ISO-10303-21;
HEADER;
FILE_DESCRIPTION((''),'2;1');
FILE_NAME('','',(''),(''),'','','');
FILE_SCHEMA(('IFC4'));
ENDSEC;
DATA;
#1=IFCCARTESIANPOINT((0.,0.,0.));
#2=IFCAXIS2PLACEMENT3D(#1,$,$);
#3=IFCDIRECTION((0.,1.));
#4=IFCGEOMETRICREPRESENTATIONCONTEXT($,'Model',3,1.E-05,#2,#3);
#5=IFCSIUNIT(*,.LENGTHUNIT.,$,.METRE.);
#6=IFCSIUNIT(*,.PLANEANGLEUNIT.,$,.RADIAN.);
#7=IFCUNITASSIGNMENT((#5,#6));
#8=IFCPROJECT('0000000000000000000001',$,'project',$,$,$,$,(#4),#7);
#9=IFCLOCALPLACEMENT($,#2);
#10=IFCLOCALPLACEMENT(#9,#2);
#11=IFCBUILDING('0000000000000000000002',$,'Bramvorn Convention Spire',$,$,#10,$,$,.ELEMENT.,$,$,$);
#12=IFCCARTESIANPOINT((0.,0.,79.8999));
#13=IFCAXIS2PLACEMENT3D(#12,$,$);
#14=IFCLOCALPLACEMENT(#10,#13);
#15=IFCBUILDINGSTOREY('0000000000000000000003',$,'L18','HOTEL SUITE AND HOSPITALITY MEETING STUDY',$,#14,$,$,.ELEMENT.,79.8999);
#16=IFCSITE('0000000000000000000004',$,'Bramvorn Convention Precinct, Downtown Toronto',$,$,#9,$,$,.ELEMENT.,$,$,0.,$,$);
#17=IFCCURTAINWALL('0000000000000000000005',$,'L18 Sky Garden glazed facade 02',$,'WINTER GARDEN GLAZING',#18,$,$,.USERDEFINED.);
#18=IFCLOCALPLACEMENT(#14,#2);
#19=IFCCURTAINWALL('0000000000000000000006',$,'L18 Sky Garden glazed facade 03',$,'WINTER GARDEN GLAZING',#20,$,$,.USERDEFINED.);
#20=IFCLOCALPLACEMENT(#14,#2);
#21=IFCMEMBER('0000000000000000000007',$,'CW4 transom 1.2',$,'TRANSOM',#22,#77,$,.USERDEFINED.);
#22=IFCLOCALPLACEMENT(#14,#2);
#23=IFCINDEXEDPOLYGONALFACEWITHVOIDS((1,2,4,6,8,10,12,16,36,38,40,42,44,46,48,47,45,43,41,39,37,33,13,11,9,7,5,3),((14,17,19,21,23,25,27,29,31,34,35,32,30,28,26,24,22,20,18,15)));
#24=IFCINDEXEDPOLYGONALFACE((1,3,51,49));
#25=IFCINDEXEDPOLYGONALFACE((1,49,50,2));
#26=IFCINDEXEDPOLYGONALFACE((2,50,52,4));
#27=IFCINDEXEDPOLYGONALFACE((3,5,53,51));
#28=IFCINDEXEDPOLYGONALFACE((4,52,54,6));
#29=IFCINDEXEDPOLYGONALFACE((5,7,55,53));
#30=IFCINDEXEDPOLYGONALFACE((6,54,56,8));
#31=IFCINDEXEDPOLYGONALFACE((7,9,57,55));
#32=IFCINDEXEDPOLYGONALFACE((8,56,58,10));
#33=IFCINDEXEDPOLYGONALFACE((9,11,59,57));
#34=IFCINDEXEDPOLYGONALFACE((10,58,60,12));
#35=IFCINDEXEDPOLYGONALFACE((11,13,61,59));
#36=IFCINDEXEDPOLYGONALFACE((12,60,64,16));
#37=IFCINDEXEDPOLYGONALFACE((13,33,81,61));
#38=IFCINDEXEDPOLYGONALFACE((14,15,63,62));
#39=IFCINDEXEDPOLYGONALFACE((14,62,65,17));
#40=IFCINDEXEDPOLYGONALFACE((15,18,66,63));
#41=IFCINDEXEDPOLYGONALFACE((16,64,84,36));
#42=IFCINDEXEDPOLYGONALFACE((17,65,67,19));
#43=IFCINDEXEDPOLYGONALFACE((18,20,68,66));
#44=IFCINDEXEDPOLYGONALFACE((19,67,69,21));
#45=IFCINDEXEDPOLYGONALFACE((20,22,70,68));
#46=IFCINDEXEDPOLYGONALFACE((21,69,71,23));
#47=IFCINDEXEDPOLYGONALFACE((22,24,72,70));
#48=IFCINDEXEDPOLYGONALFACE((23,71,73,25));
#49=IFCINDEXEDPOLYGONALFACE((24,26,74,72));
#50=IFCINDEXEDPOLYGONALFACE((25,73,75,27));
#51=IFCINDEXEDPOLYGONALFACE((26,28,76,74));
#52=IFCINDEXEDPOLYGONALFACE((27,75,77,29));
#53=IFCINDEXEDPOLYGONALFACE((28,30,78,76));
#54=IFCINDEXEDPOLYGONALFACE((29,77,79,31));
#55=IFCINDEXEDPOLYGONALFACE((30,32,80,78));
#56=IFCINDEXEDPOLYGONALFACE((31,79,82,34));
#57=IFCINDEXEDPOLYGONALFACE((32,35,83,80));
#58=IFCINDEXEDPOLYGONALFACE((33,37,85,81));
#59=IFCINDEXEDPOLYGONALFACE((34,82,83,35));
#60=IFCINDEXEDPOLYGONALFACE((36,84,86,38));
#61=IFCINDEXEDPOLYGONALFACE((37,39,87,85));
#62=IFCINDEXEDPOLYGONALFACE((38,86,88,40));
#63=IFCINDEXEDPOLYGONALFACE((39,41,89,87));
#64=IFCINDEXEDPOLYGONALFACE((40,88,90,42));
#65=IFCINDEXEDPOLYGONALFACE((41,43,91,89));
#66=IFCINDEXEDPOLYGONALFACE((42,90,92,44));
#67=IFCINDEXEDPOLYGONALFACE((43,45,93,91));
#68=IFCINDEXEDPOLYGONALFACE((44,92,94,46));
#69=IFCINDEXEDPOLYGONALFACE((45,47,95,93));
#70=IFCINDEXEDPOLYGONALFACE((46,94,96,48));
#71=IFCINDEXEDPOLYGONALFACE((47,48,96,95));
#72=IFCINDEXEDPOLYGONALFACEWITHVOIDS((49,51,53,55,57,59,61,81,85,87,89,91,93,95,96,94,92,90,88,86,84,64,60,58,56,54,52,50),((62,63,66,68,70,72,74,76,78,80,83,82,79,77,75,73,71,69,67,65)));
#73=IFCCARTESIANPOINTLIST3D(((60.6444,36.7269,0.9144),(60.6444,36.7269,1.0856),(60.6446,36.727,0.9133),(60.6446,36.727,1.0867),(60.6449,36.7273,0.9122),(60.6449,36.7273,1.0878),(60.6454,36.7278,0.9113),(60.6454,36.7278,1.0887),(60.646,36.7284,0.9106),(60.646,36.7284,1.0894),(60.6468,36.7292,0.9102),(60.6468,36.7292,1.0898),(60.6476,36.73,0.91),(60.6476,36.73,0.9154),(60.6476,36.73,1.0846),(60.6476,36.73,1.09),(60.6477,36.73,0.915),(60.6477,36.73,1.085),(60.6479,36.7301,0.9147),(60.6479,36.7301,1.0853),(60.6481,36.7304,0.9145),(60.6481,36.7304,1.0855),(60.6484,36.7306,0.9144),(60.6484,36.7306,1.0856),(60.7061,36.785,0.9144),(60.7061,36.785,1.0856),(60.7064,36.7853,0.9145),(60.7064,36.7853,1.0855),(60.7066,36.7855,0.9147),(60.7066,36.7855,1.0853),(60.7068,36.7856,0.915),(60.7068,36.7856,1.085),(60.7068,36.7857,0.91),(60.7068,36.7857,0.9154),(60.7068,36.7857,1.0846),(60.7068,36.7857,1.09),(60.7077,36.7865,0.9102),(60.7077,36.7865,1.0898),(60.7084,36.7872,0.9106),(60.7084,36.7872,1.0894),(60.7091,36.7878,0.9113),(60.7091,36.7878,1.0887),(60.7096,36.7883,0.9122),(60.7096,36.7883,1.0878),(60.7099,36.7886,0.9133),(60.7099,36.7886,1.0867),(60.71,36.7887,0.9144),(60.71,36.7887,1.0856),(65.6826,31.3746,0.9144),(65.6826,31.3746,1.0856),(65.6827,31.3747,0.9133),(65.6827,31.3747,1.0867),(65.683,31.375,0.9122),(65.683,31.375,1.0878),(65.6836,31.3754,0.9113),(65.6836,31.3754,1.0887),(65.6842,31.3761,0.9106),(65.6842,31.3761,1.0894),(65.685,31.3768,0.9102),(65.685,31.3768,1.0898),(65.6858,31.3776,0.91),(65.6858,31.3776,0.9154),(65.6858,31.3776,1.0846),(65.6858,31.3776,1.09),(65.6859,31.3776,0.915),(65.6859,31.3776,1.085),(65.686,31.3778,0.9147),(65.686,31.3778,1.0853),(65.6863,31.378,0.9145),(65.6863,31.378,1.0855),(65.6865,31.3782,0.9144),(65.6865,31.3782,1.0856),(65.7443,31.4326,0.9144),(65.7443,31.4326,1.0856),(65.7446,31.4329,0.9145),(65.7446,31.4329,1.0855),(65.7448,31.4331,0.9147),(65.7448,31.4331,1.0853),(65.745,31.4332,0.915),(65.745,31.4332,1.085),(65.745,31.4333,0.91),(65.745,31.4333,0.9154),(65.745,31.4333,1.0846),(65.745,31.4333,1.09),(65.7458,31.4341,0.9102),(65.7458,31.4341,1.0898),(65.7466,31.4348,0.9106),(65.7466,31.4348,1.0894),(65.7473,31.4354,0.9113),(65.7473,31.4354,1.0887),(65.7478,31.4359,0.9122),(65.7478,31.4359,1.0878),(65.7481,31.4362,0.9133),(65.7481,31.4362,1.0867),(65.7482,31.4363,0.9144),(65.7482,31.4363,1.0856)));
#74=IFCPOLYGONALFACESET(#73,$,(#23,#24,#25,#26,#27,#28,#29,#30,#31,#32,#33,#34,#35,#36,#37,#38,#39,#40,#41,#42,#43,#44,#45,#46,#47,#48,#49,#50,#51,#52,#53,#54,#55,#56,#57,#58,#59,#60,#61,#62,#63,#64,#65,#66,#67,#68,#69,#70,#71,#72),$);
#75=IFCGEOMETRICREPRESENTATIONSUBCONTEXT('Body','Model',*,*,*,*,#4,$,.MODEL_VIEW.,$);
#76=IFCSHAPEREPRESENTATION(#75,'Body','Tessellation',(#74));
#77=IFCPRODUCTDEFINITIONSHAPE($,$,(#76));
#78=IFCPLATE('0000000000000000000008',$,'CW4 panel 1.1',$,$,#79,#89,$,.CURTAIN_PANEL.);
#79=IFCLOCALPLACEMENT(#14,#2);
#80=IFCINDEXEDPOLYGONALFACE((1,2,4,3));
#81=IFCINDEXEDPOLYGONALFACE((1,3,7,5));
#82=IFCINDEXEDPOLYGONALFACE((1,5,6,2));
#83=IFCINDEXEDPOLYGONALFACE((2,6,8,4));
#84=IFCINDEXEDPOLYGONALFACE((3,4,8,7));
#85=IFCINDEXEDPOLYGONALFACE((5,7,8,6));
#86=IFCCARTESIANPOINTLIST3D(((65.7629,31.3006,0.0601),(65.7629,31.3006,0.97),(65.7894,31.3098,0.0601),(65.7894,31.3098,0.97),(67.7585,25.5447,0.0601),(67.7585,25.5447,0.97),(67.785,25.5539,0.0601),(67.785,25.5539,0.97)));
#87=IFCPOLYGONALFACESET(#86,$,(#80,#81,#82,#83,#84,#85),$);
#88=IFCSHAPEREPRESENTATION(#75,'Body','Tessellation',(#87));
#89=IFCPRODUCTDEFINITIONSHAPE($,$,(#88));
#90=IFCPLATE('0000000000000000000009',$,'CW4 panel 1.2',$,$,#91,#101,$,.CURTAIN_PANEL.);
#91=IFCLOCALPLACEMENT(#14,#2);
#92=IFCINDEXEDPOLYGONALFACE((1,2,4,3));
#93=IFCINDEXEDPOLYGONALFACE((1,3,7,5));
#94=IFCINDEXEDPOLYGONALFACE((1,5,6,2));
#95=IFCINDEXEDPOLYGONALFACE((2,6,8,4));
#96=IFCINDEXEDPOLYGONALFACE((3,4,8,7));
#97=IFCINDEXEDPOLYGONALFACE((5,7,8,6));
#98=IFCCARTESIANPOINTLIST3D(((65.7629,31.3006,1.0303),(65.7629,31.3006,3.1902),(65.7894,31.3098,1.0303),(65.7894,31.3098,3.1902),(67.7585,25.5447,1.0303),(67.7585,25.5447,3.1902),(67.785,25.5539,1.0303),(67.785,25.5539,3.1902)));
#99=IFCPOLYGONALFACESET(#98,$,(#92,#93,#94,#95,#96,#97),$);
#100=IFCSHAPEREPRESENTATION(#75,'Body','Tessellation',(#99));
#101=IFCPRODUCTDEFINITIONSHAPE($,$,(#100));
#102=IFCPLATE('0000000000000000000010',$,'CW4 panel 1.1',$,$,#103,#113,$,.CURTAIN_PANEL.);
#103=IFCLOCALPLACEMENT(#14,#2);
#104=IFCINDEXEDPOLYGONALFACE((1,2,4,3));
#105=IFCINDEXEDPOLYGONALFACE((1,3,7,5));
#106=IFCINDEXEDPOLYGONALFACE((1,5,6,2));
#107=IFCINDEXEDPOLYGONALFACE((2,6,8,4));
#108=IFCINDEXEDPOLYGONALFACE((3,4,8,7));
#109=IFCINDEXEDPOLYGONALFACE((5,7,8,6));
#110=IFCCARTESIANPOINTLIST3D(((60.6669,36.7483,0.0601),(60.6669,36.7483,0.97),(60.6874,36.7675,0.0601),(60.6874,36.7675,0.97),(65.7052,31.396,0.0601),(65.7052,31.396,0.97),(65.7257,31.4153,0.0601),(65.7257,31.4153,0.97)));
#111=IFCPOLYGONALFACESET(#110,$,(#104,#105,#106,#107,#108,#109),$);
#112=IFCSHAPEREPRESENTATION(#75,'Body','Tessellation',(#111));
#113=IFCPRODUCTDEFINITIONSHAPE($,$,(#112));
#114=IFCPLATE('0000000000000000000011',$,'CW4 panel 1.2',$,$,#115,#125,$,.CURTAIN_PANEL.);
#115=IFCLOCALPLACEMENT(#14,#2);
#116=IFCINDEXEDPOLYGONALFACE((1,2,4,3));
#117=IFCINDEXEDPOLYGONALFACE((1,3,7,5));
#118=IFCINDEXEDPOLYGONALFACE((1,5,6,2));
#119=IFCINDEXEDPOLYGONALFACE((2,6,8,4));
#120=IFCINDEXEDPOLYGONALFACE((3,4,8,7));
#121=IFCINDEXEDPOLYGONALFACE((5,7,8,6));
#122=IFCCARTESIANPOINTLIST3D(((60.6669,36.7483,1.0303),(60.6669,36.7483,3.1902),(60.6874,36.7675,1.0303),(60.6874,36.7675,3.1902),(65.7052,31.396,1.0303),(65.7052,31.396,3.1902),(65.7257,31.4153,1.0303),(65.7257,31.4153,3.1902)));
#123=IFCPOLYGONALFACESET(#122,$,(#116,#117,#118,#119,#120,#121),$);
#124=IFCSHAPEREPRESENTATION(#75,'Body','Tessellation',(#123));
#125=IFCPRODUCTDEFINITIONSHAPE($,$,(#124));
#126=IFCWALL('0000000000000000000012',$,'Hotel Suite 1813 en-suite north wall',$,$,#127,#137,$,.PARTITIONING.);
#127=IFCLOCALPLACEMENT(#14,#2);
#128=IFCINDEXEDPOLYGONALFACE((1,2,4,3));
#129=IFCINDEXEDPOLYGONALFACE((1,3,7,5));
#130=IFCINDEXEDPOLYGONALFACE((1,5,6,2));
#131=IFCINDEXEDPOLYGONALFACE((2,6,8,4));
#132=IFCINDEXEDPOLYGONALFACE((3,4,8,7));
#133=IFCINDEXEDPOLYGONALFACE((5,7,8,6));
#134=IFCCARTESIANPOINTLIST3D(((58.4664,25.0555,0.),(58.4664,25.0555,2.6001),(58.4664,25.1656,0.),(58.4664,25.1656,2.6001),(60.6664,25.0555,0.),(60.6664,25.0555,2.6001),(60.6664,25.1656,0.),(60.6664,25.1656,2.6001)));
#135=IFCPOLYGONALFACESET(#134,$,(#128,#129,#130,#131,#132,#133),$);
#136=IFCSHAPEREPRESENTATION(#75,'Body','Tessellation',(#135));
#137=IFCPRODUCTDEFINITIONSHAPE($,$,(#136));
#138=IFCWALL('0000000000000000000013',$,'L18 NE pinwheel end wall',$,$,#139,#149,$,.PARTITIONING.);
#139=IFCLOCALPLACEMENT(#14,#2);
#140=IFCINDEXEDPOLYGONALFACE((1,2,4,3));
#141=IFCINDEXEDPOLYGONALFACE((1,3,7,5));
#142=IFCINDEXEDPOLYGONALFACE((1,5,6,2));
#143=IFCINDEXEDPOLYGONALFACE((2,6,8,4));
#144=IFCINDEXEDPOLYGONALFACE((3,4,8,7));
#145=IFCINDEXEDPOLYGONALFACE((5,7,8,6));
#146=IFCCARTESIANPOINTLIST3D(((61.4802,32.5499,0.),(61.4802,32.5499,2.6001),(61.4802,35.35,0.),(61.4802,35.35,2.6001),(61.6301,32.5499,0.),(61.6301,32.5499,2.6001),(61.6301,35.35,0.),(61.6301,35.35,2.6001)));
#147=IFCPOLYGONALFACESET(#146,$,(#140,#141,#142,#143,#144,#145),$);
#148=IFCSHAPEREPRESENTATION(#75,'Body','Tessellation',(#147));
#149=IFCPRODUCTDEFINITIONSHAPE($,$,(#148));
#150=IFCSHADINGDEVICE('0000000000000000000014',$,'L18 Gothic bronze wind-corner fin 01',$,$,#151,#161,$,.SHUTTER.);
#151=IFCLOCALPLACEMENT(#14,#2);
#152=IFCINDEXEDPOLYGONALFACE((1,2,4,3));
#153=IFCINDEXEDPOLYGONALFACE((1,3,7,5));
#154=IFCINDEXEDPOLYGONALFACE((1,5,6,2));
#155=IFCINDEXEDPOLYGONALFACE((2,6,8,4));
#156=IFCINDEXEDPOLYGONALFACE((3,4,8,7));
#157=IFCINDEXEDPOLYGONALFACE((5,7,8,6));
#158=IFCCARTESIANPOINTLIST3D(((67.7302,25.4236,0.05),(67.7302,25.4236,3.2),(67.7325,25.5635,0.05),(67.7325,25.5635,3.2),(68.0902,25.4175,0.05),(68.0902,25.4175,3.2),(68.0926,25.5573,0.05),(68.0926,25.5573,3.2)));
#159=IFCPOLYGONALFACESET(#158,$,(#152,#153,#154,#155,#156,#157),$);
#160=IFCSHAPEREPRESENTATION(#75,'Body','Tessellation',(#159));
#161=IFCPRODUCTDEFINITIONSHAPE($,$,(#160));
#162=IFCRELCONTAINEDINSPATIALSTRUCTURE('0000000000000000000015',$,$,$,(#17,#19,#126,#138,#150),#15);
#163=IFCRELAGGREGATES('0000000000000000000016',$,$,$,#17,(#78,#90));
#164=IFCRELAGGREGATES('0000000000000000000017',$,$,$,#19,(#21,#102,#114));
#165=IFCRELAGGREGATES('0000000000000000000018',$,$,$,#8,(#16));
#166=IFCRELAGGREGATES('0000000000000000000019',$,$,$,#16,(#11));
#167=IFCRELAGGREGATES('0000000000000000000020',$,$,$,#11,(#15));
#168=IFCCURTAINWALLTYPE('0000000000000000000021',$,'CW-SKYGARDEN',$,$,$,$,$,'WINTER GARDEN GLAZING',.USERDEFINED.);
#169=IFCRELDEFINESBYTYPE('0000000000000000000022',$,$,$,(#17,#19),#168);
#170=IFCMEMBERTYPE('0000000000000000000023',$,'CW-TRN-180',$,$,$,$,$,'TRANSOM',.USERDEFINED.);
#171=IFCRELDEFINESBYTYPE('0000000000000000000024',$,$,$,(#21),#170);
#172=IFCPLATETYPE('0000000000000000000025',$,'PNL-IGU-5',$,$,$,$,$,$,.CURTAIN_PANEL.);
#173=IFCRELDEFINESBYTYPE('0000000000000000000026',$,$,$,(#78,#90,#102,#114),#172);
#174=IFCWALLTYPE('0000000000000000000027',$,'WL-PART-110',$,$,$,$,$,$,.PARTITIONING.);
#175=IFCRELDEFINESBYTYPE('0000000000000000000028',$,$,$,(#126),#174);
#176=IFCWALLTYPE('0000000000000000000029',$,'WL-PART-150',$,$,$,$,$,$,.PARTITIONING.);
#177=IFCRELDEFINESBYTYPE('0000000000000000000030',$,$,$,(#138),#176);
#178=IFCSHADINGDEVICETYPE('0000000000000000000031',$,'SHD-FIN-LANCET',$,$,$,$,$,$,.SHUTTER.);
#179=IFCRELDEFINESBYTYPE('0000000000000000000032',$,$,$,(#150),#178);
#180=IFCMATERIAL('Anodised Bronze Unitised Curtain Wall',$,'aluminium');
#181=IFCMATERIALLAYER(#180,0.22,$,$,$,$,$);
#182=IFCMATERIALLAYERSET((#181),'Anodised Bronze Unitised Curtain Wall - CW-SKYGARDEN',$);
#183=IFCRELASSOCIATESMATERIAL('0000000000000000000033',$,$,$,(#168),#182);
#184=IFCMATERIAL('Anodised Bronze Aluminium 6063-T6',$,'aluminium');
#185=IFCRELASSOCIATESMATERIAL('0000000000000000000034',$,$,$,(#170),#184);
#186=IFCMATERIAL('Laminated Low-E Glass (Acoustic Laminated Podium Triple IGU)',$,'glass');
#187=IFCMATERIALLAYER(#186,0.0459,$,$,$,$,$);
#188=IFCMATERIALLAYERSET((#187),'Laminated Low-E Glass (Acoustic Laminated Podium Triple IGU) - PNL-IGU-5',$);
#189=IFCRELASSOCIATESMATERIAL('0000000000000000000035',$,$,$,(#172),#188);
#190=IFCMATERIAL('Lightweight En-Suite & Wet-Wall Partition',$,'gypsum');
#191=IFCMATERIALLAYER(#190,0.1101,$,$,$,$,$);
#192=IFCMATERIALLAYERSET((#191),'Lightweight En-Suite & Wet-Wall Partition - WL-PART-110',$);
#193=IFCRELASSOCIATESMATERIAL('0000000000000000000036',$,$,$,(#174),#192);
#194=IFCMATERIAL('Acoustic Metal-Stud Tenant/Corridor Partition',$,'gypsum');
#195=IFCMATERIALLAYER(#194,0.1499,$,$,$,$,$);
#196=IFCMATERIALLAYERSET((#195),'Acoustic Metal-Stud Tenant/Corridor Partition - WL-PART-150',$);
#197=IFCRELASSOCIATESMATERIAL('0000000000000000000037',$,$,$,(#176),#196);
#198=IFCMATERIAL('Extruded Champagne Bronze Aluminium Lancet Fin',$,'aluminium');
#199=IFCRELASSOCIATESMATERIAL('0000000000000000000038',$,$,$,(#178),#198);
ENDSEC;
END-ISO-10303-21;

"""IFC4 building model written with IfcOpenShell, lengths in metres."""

from ifc_helpers import new_model, si_unit, direction, frame, frame_2d, origin, origin_2d, place, context, subcontext, project, spatial, rectangle, hollow_rectangle, extrude, material, layer, layer_set, material_profile, profile_set, type_object, element, aggregate, save


model = new_model("IFC4")

# Units and contexts
model_context = context("Model", 3, precision=1e-05, world=origin(), true_north=direction((0.0, 1.0)))
body_context = subcontext(model_context, "Body", "Model", "MODEL_VIEW")
ifc_project = project(units=[si_unit("LENGTHUNIT", "METRE"), si_unit("PLANEANGLEUNIT", "RADIAN")], contexts=[model_context])

# Site, building, storey
site_placement = place(None, origin())
site = spatial("IfcSite", under=ifc_project, at=site_placement, Name="Bramvorn Convention Precinct, Downtown Toronto", CompositionType="ELEMENT", RefElevation=0.0)
building_placement = place(site_placement, origin())
building = spatial("IfcBuilding", under=site, at=building_placement, Name="Bramvorn Convention Spire", CompositionType="ELEMENT")
storey_placement = place(building_placement, frame((0.0, 0.0, 79.8999)))
storey = spatial("IfcBuildingStorey", under=building, at=storey_placement, Name="L18", Description="HOTEL SUITE AND HOSPITALITY MEETING STUDY", CompositionType="ELEMENT", Elevation=79.8999)

# Shared definitions
ifc_material_1 = material(Name="Anodised Bronze Unitised Curtain Wall", Category="aluminium")
ifc_material_2 = material(Name="Anodised Bronze Aluminium 6063-T6", Category="aluminium")

# Curtain wall
ifc_layer_1 = layer(ifc_material_1, 0.22)
ifc_layer_set_1 = layer_set([ifc_layer_1], Name="Anodised Bronze Unitised Curtain Wall - CW-SKYGARDEN")
curtain_wall_type_1 = type_object("IfcCurtainWallType", Name="CW-SKYGARDEN", ElementType="WINTER GARDEN GLAZING", PredefinedType="USERDEFINED", material=ifc_layer_set_1)
curtain_wall_1_placement = place(storey_placement, origin())
curtain_wall_1 = element("IfcCurtainWall", 1, at=curtain_wall_1_placement, inside=storey, type_object=curtain_wall_type_1, Name="L18 Sky Garden glazed facade 02", ObjectType="WINTER GARDEN GLAZING", PredefinedType="USERDEFINED")

# Curtain wall
curtain_wall_2_placement = place(storey_placement, origin())
curtain_wall_2 = element("IfcCurtainWall", 2, at=curtain_wall_2_placement, inside=storey, type_object=curtain_wall_type_1, Name="L18 Sky Garden glazed facade 03", ObjectType="WINTER GARDEN GLAZING", PredefinedType="USERDEFINED")

# Member
ifc_material_profile_1 = material_profile(ifc_material_2, hollow_rectangle(XDim=0.0901, YDim=0.1799, WallThickness=0.0044, InnerFilletRadius=0.001, OuterFilletRadius=0.0044, at=origin_2d()))
ifc_profile_set_1 = profile_set([ifc_material_profile_1], Name="Anodised Bronze Aluminium 6063-T6 - CWT90X180")
member_type_1 = type_object("IfcMemberType", Name="CW-TRN-180", ElementType="TRANSOM", PredefinedType="USERDEFINED", material=ifc_profile_set_1)
member_1_placement = place(storey_placement, frame((60.6772, 36.7578, 1.0), z_axis=(0.68541, -0.728157, 0.0), x_axis=(0.728157, 0.68541, 0.0)))
member_1 = element("IfcMember", 3, at=member_1_placement, type_object=member_type_1, Name="CW4 transom 1.2", ObjectType="TRANSOM", PredefinedType="USERDEFINED", context=body_context, shape_type="SweptSolid", body=[
    extrude(hollow_rectangle(XDim=0.0901, YDim=0.1799, WallThickness=0.0044, InnerFilletRadius=0.001, OuterFilletRadius=0.0044, at=origin_2d()), origin(), (0.0, 0.0, 1.0), 7.3506),
])

# Plates
ifc_material_3 = material(Name="Laminated Low-E Glass (Acoustic Laminated Podium Triple IGU)", Category="glass")
ifc_layer_2 = layer(ifc_material_3, 0.0459)
ifc_layer_set_2 = layer_set([ifc_layer_2], Name="Laminated Low-E Glass (Acoustic Laminated Podium Triple IGU) - PNL-IGU-5")
plate_type = type_object("IfcPlateType", Name="PNL-IGU-5", PredefinedType="CURTAIN_PANEL", material=ifc_layer_set_2)
plate_1_placement = place(storey_placement, frame((66.7739, 28.4272, 0.0601), z_axis=(0.0, 0.0, 1.0), x_axis=(0.327573, -0.944826, 0.0)))
plate_1 = element("IfcPlate", 4, at=plate_1_placement, type_object=plate_type, Name="CW4 panel 1.1", PredefinedType="CURTAIN_PANEL", context=body_context, shape_type="SweptSolid", body=[
    extrude(rectangle(XDim=6.092, YDim=0.0281, at=origin_2d()), origin(), (0.0, 0.0, 1.0), 0.9099),
])
plate_2_placement = place(storey_placement, frame((66.7739, 28.4272, 1.0303), z_axis=(0.0, 0.0, 1.0), x_axis=(0.327573, -0.944826, 0.0)))
plate_2 = element("IfcPlate", 5, at=plate_2_placement, type_object=plate_type, Name="CW4 panel 1.2", PredefinedType="CURTAIN_PANEL", context=body_context, shape_type="SweptSolid", body=[
    extrude(rectangle(XDim=6.092, YDim=0.0281, at=origin_2d()), origin(), (0.0, 0.0, 1.0), 2.1599),
])
aggregate(curtain_wall_1, [plate_1, plate_2])
plate_3_placement = place(storey_placement, frame((63.1963, 34.0818, 0.0601), z_axis=(0.0, 0.0, 1.0), x_axis=(0.685427, -0.728141, 0.0)))
plate_3 = element("IfcPlate", 6, at=plate_3_placement, type_object=plate_type, Name="CW4 panel 1.1", PredefinedType="CURTAIN_PANEL", context=body_context, shape_type="SweptSolid", body=[
    extrude(rectangle(XDim=7.3506, YDim=0.0281, at=origin_2d()), origin(), (0.0, 0.0, 1.0), 0.9099),
])
plate_4_placement = place(storey_placement, frame((63.1963, 34.0818, 1.0303), z_axis=(0.0, 0.0, 1.0), x_axis=(0.685427, -0.728141, 0.0)))
plate_4 = element("IfcPlate", 7, at=plate_4_placement, type_object=plate_type, Name="CW4 panel 1.2", PredefinedType="CURTAIN_PANEL", context=body_context, shape_type="SweptSolid", body=[
    extrude(rectangle(XDim=7.3506, YDim=0.0281, at=origin_2d()), origin(), (0.0, 0.0, 1.0), 2.1599),
])
aggregate(curtain_wall_2, [member_1, plate_3, plate_4])

# Walls
ifc_material_4 = material(Name="Lightweight En-Suite & Wet-Wall Partition", Category="gypsum")
ifc_layer_3 = layer(ifc_material_4, 0.1101)
ifc_layer_set_3 = layer_set([ifc_layer_3], Name="Lightweight En-Suite & Wet-Wall Partition - WL-PART-110")
wall_type_1 = type_object("IfcWallType", Name="WL-PART-110", PredefinedType="PARTITIONING", material=ifc_layer_set_3)
wall_1_placement = place(storey_placement, frame((58.4663, 25.1106, 0.0), z_axis=(0.0, 0.0, 1.0), x_axis=(1.0, 0.0, 0.0)))
element("IfcWall", 8, at=wall_1_placement, inside=storey, type_object=wall_type_1, Name="Hotel Suite 1813 en-suite north wall", PredefinedType="PARTITIONING", context=body_context, shape_type="SweptSolid", body=[
    extrude(rectangle(XDim=2.2, YDim=0.1101, at=frame_2d((1.1001, 0.0))), origin(), (0.0, 0.0, 1.0), 2.6001),
])
ifc_material_5 = material(Name="Acoustic Metal-Stud Tenant/Corridor Partition", Category="gypsum")
ifc_layer_4 = layer(ifc_material_5, 0.1499)
ifc_layer_set_4 = layer_set([ifc_layer_4], Name="Acoustic Metal-Stud Tenant/Corridor Partition - WL-PART-150")
wall_type_2 = type_object("IfcWallType", Name="WL-PART-150", PredefinedType="PARTITIONING", material=ifc_layer_set_4)
wall_2_placement = place(storey_placement, frame((61.5552, 32.55, 0.0), z_axis=(0.0, 0.0, 1.0), x_axis=(0.0, 1.0, 0.0)))
element("IfcWall", 9, at=wall_2_placement, inside=storey, type_object=wall_type_2, Name="L18 NE pinwheel end wall", PredefinedType="PARTITIONING", context=body_context, shape_type="SweptSolid", body=[
    extrude(rectangle(XDim=2.8, YDim=0.1499, at=frame_2d((1.3999, 0.0))), origin(), (0.0, 0.0, 1.0), 2.6001),
])

# Shading device
ifc_material_6 = material(Name="Extruded Champagne Bronze Aluminium Lancet Fin", Category="aluminium")
shading_device_type = type_object("IfcShadingDeviceType", Name="SHD-FIN-LANCET", PredefinedType="SHUTTER", material=ifc_material_6)
shading_device_placement = place(storey_placement, frame((67.9114, 25.4905, 0.05), z_axis=(0.0, 0.0, 1.0), x_axis=(0.999855, -0.017029, 0.0)))
element("IfcShadingDevice", 10, at=shading_device_placement, inside=storey, type_object=shading_device_type, Name="L18 Gothic bronze wind-corner fin 01", PredefinedType="SHUTTER", context=body_context, shape_type="SweptSolid", body=[
    extrude(rectangle(XDim=0.3601, YDim=0.1399, at=origin_2d()), origin(), (0.0, 0.0, 1.0), 3.1499),
])

save(model, "model.ifc")
